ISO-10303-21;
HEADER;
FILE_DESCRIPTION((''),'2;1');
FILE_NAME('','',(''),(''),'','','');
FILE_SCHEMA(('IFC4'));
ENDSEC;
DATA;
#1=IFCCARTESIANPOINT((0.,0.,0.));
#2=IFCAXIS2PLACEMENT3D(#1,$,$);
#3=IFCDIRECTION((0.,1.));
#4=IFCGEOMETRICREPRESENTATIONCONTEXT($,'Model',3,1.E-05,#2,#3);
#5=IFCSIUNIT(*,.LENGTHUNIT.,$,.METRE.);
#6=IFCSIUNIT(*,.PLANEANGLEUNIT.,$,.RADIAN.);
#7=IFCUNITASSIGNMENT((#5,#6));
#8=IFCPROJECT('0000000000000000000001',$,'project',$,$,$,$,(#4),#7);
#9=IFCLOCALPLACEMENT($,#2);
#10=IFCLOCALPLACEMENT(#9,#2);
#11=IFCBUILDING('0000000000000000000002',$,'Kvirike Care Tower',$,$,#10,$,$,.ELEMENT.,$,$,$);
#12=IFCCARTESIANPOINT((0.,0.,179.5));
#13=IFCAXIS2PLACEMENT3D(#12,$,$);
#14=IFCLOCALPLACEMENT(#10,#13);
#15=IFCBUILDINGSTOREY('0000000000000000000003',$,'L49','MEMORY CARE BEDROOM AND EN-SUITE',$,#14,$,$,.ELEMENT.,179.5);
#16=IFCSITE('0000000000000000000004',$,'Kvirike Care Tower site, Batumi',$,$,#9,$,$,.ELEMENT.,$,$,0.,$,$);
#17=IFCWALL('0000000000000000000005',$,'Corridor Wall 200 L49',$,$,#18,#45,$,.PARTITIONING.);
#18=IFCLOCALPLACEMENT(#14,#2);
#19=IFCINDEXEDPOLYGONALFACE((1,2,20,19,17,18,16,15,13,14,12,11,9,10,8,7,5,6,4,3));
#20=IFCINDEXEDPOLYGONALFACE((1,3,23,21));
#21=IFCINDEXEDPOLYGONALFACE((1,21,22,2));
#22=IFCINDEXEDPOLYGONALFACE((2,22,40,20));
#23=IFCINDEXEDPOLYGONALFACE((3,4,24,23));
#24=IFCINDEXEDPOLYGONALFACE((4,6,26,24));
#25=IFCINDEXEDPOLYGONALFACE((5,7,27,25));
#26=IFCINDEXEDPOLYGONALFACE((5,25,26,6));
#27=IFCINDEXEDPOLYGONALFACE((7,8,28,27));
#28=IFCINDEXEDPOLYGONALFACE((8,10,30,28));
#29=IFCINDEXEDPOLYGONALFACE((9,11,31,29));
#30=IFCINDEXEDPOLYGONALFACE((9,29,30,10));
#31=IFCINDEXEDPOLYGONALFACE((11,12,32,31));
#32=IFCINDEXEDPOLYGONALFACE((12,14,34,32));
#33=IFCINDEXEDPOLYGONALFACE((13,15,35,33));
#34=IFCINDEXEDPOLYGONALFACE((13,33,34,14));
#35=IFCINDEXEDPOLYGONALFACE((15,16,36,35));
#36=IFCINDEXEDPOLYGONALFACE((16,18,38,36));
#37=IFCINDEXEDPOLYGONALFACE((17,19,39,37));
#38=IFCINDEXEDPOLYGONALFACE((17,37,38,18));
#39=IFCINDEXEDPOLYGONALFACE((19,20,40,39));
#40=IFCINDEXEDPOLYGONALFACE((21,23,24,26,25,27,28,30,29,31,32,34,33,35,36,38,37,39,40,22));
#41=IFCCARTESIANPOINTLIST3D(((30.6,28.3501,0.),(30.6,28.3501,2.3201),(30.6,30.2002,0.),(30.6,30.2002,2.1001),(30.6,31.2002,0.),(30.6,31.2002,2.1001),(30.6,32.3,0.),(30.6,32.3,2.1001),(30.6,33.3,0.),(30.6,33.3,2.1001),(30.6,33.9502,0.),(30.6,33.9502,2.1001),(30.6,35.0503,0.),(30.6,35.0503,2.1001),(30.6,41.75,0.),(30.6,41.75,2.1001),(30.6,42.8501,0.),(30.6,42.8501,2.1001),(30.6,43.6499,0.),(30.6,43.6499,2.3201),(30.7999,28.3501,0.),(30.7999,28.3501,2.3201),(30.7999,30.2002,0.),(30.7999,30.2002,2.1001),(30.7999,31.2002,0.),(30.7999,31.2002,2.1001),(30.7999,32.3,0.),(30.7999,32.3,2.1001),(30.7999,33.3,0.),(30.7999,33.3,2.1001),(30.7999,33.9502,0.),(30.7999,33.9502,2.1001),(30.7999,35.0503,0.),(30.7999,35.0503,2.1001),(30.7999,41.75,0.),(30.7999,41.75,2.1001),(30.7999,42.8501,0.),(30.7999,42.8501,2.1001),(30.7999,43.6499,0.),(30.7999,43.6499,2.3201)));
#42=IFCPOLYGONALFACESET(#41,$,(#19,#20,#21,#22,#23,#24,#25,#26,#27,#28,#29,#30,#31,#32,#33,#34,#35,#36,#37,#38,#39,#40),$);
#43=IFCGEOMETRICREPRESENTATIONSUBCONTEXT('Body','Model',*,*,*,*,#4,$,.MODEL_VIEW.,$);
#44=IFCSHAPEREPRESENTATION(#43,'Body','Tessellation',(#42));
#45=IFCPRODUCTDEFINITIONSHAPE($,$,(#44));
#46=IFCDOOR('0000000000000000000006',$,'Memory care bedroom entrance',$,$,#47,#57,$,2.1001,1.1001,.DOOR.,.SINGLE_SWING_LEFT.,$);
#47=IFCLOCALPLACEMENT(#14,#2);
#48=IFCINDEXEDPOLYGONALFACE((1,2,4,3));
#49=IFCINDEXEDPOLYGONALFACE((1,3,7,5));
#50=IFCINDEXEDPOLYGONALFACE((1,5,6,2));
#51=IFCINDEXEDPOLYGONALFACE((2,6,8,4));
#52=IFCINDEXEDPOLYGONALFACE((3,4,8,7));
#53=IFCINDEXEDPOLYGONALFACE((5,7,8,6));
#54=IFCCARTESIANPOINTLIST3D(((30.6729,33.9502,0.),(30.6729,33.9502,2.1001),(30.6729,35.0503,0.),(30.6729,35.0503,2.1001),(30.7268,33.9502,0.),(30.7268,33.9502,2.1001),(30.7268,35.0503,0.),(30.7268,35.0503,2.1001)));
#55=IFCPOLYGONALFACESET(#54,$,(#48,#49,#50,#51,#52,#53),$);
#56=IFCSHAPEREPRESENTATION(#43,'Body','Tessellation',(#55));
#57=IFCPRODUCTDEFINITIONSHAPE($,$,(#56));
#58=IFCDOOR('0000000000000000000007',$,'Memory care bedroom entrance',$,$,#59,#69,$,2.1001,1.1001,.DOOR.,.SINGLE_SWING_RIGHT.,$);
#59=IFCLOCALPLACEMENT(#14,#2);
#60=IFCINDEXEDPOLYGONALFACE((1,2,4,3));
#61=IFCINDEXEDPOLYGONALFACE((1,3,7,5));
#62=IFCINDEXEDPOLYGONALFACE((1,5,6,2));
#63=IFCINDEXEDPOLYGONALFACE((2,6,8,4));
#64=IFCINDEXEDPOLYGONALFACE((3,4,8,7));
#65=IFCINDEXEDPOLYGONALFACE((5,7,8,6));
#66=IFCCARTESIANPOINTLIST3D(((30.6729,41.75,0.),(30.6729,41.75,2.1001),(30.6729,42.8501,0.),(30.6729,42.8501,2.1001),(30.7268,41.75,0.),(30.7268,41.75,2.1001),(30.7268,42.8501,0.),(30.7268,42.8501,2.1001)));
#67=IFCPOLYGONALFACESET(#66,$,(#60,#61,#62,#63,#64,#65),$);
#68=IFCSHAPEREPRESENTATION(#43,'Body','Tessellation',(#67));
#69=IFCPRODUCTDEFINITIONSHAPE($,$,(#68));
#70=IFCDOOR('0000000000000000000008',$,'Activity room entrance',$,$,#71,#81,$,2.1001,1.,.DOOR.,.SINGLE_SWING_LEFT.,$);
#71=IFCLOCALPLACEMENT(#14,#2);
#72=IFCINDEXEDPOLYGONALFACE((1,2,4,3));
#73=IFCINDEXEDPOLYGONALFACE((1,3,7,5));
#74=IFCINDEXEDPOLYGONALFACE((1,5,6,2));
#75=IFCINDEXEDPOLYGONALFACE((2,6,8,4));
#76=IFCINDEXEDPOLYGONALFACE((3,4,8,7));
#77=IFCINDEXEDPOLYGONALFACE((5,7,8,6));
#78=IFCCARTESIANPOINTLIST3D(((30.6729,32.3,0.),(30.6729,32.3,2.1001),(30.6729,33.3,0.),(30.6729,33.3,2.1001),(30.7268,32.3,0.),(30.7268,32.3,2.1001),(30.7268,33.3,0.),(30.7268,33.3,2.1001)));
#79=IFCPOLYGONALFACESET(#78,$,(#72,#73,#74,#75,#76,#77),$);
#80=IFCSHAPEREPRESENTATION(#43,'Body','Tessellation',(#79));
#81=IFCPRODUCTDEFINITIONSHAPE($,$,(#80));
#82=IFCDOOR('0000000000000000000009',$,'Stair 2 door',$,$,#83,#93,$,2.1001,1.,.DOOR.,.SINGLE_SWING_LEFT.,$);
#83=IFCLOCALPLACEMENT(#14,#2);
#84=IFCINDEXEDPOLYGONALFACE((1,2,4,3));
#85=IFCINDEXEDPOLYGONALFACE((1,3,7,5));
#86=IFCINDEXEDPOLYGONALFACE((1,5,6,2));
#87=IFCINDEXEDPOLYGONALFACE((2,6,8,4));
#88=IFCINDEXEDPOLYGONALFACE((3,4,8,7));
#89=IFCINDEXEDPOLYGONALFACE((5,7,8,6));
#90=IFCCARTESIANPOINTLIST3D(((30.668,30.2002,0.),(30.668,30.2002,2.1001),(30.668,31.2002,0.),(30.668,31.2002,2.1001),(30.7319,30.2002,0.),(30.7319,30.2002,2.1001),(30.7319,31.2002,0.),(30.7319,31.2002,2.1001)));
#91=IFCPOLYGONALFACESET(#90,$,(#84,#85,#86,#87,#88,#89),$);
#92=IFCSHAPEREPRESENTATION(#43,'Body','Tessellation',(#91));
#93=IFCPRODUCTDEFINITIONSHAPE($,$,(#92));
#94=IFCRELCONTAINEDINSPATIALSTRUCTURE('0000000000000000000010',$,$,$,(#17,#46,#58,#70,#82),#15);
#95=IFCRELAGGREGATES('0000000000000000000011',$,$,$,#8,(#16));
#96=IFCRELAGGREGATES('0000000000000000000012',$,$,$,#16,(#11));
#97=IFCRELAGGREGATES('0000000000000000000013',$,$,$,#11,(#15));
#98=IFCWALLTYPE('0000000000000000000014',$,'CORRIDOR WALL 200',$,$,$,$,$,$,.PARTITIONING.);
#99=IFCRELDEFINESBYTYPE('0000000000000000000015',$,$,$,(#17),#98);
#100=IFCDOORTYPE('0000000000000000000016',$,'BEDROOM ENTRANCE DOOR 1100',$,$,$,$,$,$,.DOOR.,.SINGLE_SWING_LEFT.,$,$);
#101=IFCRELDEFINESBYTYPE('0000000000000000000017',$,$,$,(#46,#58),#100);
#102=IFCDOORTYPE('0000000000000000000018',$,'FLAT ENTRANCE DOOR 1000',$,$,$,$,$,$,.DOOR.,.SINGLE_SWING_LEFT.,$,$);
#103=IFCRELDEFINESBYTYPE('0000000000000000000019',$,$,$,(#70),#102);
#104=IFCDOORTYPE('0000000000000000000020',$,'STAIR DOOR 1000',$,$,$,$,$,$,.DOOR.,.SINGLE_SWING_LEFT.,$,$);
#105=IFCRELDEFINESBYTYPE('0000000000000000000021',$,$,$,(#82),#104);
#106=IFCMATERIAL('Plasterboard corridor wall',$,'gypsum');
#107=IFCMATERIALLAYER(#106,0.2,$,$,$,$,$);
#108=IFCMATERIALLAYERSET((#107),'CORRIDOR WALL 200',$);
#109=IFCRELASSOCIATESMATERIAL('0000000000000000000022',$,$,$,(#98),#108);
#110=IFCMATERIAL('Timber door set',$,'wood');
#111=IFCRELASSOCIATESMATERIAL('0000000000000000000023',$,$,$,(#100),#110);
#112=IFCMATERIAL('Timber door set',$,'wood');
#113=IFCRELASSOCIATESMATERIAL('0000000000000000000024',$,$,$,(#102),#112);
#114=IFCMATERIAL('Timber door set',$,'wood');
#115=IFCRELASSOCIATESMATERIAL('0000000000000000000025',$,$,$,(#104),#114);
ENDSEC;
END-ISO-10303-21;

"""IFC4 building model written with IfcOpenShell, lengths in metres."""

from ifc_helpers import new_model, si_unit, direction, frame, frame_2d, origin, place, context, subcontext, project, spatial, rectangle, extrude, material, layer, layer_set, type_object, element, fill, save


model = new_model("IFC4")

# Units and contexts
model_context = context("Model", 3, precision=1e-05, world=origin(), true_north=direction((0.0, 1.0)))
body_context = subcontext(model_context, "Body", "Model", "MODEL_VIEW")
ifc_project = project(units=[si_unit("LENGTHUNIT", "METRE"), si_unit("PLANEANGLEUNIT", "RADIAN")], contexts=[model_context])

# Site, building, storey
site_placement = place(None, origin())
site = spatial("IfcSite", under=ifc_project, at=site_placement, Name="Kvirike Care Tower site, Batumi", CompositionType="ELEMENT", RefElevation=0.0)
building_placement = place(site_placement, origin())
building = spatial("IfcBuilding", under=site, at=building_placement, Name="Kvirike Care Tower", CompositionType="ELEMENT")
storey_placement = place(building_placement, frame((0.0, 0.0, 179.5)))
storey = spatial("IfcBuildingStorey", under=building, at=storey_placement, Name="L49", Description="MEMORY CARE BEDROOM AND EN-SUITE", CompositionType="ELEMENT", Elevation=179.5)

# Wall, openings, doors
ifc_material_1 = material(Name="Plasterboard corridor wall", Category="gypsum")
ifc_layer_1 = layer(ifc_material_1, 0.2)
ifc_layer_set_1 = layer_set([ifc_layer_1], Name="CORRIDOR WALL 200")
wall_type = type_object("IfcWallType", Name="CORRIDOR WALL 200", PredefinedType="PARTITIONING", material=ifc_layer_set_1)
wall_placement = place(storey_placement, frame((30.7, 28.3501, 0.0), z_axis=(0.0, 0.0, 1.0), x_axis=(0.0, 1.0, 0.0)))
wall = element("IfcWall", 1, at=wall_placement, inside=storey, type_object=wall_type, Name="Corridor Wall 200 L49", PredefinedType="PARTITIONING", context=body_context, shape_type="SweptSolid", body=[
    extrude(rectangle(XDim=15.2998, YDim=0.2, at=frame_2d((7.6499, 0.0))), origin(), (0.0, 0.0, 1.0), 2.3201),
])
opening_1_placement = place(wall_placement, frame((1.8501, 0.0, 0.0)))
opening_1 = element("IfcOpeningElement", 2, at=opening_1_placement, cuts=wall, PredefinedType="OPENING", context=body_context, shape_type="SweptSolid", body=[
    extrude(rectangle(XDim=1.0, YDim=2.1001, at=frame_2d((0.5, 1.05))), frame((0.0, 0.1106, 0.0), z_axis=(0.0, -1.0, 0.0), x_axis=(1.0, 0.0, 0.0)), (0.0, 0.0, 1.0), 0.2209),
])
opening_2_placement = place(wall_placement, frame((3.95, 0.0, 0.0)))
opening_2 = element("IfcOpeningElement", 3, at=opening_2_placement, cuts=wall, PredefinedType="OPENING", context=body_context, shape_type="SweptSolid", body=[
    extrude(rectangle(XDim=1.0, YDim=2.1001, at=frame_2d((0.5, 1.05))), frame((0.0, 0.1106, 0.0), z_axis=(0.0, -1.0, 0.0), x_axis=(1.0, 0.0, 0.0)), (0.0, 0.0, 1.0), 0.2209),
])
opening_3_placement = place(wall_placement, frame((5.6001, 0.0, 0.0)))
opening_3 = element("IfcOpeningElement", 4, at=opening_3_placement, cuts=wall, PredefinedType="OPENING", context=body_context, shape_type="SweptSolid", body=[
    extrude(rectangle(XDim=1.1001, YDim=2.1001, at=frame_2d((0.55, 1.05))), frame((0.0, 0.1106, 0.0), z_axis=(0.0, -1.0, 0.0), x_axis=(1.0, 0.0, 0.0)), (0.0, 0.0, 1.0), 0.2209),
])
opening_4_placement = place(wall_placement, frame((13.3999, 0.0, 0.0)))
opening_4 = element("IfcOpeningElement", 5, at=opening_4_placement, cuts=wall, PredefinedType="OPENING", context=body_context, shape_type="SweptSolid", body=[
    extrude(rectangle(XDim=1.1001, YDim=2.1001, at=frame_2d((0.55, 1.05))), frame((0.0, 0.1106, 0.0), z_axis=(0.0, -1.0, 0.0), x_axis=(1.0, 0.0, 0.0)), (0.0, 0.0, 1.0), 0.2209),
])
ifc_material_2 = material(Name="Timber door set", Category="wood")
door_type_1 = type_object("IfcDoorType", Name="BEDROOM ENTRANCE DOOR 1100", OperationType="SINGLE_SWING_LEFT", PredefinedType="DOOR", material=ifc_material_2)
door_1_placement = place(opening_3_placement, frame((1.1001, 0.0, 0.0), z_axis=(0.0, 0.0, 1.0), x_axis=(-1.0, 0.0, 0.0)))
door_1 = element("IfcDoor", 6, at=door_1_placement, inside=storey, type_object=door_type_1, Name="Memory care bedroom entrance", OperationType="SINGLE_SWING_LEFT", OverallHeight=2.1001, OverallWidth=1.1001, PredefinedType="DOOR", context=body_context, shape_type="SweptSolid", body=[
    extrude(rectangle(XDim=1.1001, YDim=2.1001, at=frame_2d((0.55, 1.05))), frame((0.0, 0.0269, 0.0), z_axis=(0.0, -1.0, 0.0), x_axis=(1.0, 0.0, 0.0)), (0.0, 0.0, 1.0), 0.054),
])
fill(opening_3, door_1)
door_2_placement = place(opening_4_placement, frame((1.1001, 0.0, 0.0), z_axis=(0.0, 0.0, 1.0), x_axis=(-1.0, 0.0, 0.0)))
door_2 = element("IfcDoor", 7, at=door_2_placement, inside=storey, type_object=door_type_1, Name="Memory care bedroom entrance", OperationType="SINGLE_SWING_RIGHT", OverallHeight=2.1001, OverallWidth=1.1001, PredefinedType="DOOR", context=body_context, shape_type="SweptSolid", body=[
    extrude(rectangle(XDim=1.1001, YDim=2.1001, at=frame_2d((0.55, 1.05))), frame((0.0, 0.0269, 0.0), z_axis=(0.0, -1.0, 0.0), x_axis=(1.0, 0.0, 0.0)), (0.0, 0.0, 1.0), 0.054),
])
fill(opening_4, door_2)
ifc_material_3 = material(Name="Timber door set", Category="wood")
door_type_2 = type_object("IfcDoorType", Name="FLAT ENTRANCE DOOR 1000", OperationType="SINGLE_SWING_LEFT", PredefinedType="DOOR", material=ifc_material_3)
door_3_placement = place(opening_2_placement, frame((1.0, 0.0, 0.0), z_axis=(0.0, 0.0, 1.0), x_axis=(-1.0, 0.0, 0.0)))
door_3 = element("IfcDoor", 8, at=door_3_placement, inside=storey, type_object=door_type_2, Name="Activity room entrance", OperationType="SINGLE_SWING_LEFT", OverallHeight=2.1001, OverallWidth=1.0, PredefinedType="DOOR", context=body_context, shape_type="SweptSolid", body=[
    extrude(rectangle(XDim=1.0, YDim=2.1001, at=frame_2d((0.5, 1.05))), frame((0.0, 0.0269, 0.0), z_axis=(0.0, -1.0, 0.0), x_axis=(1.0, 0.0, 0.0)), (0.0, 0.0, 1.0), 0.054),
])
fill(opening_2, door_3)
ifc_material_4 = material(Name="Timber door set", Category="wood")
door_type_3 = type_object("IfcDoorType", Name="STAIR DOOR 1000", OperationType="SINGLE_SWING_LEFT", PredefinedType="DOOR", material=ifc_material_4)
door_4_placement = place(opening_1_placement, frame((1.0, 0.0, 0.0), z_axis=(0.0, 0.0, 1.0), x_axis=(-1.0, 0.0, 0.0)))
door_4 = element("IfcDoor", 9, at=door_4_placement, inside=storey, type_object=door_type_3, Name="Stair 2 door", OperationType="SINGLE_SWING_LEFT", OverallHeight=2.1001, OverallWidth=1.0, PredefinedType="DOOR", context=body_context, shape_type="SweptSolid", body=[
    extrude(rectangle(XDim=1.0, YDim=2.1001, at=frame_2d((0.5, 1.05))), frame((0.0, 0.032, 0.0), z_axis=(0.0, -1.0, 0.0), x_axis=(1.0, 0.0, 0.0)), (0.0, 0.0, 1.0), 0.064),
])
fill(opening_1, door_4)

save(model, "model.ifc")
